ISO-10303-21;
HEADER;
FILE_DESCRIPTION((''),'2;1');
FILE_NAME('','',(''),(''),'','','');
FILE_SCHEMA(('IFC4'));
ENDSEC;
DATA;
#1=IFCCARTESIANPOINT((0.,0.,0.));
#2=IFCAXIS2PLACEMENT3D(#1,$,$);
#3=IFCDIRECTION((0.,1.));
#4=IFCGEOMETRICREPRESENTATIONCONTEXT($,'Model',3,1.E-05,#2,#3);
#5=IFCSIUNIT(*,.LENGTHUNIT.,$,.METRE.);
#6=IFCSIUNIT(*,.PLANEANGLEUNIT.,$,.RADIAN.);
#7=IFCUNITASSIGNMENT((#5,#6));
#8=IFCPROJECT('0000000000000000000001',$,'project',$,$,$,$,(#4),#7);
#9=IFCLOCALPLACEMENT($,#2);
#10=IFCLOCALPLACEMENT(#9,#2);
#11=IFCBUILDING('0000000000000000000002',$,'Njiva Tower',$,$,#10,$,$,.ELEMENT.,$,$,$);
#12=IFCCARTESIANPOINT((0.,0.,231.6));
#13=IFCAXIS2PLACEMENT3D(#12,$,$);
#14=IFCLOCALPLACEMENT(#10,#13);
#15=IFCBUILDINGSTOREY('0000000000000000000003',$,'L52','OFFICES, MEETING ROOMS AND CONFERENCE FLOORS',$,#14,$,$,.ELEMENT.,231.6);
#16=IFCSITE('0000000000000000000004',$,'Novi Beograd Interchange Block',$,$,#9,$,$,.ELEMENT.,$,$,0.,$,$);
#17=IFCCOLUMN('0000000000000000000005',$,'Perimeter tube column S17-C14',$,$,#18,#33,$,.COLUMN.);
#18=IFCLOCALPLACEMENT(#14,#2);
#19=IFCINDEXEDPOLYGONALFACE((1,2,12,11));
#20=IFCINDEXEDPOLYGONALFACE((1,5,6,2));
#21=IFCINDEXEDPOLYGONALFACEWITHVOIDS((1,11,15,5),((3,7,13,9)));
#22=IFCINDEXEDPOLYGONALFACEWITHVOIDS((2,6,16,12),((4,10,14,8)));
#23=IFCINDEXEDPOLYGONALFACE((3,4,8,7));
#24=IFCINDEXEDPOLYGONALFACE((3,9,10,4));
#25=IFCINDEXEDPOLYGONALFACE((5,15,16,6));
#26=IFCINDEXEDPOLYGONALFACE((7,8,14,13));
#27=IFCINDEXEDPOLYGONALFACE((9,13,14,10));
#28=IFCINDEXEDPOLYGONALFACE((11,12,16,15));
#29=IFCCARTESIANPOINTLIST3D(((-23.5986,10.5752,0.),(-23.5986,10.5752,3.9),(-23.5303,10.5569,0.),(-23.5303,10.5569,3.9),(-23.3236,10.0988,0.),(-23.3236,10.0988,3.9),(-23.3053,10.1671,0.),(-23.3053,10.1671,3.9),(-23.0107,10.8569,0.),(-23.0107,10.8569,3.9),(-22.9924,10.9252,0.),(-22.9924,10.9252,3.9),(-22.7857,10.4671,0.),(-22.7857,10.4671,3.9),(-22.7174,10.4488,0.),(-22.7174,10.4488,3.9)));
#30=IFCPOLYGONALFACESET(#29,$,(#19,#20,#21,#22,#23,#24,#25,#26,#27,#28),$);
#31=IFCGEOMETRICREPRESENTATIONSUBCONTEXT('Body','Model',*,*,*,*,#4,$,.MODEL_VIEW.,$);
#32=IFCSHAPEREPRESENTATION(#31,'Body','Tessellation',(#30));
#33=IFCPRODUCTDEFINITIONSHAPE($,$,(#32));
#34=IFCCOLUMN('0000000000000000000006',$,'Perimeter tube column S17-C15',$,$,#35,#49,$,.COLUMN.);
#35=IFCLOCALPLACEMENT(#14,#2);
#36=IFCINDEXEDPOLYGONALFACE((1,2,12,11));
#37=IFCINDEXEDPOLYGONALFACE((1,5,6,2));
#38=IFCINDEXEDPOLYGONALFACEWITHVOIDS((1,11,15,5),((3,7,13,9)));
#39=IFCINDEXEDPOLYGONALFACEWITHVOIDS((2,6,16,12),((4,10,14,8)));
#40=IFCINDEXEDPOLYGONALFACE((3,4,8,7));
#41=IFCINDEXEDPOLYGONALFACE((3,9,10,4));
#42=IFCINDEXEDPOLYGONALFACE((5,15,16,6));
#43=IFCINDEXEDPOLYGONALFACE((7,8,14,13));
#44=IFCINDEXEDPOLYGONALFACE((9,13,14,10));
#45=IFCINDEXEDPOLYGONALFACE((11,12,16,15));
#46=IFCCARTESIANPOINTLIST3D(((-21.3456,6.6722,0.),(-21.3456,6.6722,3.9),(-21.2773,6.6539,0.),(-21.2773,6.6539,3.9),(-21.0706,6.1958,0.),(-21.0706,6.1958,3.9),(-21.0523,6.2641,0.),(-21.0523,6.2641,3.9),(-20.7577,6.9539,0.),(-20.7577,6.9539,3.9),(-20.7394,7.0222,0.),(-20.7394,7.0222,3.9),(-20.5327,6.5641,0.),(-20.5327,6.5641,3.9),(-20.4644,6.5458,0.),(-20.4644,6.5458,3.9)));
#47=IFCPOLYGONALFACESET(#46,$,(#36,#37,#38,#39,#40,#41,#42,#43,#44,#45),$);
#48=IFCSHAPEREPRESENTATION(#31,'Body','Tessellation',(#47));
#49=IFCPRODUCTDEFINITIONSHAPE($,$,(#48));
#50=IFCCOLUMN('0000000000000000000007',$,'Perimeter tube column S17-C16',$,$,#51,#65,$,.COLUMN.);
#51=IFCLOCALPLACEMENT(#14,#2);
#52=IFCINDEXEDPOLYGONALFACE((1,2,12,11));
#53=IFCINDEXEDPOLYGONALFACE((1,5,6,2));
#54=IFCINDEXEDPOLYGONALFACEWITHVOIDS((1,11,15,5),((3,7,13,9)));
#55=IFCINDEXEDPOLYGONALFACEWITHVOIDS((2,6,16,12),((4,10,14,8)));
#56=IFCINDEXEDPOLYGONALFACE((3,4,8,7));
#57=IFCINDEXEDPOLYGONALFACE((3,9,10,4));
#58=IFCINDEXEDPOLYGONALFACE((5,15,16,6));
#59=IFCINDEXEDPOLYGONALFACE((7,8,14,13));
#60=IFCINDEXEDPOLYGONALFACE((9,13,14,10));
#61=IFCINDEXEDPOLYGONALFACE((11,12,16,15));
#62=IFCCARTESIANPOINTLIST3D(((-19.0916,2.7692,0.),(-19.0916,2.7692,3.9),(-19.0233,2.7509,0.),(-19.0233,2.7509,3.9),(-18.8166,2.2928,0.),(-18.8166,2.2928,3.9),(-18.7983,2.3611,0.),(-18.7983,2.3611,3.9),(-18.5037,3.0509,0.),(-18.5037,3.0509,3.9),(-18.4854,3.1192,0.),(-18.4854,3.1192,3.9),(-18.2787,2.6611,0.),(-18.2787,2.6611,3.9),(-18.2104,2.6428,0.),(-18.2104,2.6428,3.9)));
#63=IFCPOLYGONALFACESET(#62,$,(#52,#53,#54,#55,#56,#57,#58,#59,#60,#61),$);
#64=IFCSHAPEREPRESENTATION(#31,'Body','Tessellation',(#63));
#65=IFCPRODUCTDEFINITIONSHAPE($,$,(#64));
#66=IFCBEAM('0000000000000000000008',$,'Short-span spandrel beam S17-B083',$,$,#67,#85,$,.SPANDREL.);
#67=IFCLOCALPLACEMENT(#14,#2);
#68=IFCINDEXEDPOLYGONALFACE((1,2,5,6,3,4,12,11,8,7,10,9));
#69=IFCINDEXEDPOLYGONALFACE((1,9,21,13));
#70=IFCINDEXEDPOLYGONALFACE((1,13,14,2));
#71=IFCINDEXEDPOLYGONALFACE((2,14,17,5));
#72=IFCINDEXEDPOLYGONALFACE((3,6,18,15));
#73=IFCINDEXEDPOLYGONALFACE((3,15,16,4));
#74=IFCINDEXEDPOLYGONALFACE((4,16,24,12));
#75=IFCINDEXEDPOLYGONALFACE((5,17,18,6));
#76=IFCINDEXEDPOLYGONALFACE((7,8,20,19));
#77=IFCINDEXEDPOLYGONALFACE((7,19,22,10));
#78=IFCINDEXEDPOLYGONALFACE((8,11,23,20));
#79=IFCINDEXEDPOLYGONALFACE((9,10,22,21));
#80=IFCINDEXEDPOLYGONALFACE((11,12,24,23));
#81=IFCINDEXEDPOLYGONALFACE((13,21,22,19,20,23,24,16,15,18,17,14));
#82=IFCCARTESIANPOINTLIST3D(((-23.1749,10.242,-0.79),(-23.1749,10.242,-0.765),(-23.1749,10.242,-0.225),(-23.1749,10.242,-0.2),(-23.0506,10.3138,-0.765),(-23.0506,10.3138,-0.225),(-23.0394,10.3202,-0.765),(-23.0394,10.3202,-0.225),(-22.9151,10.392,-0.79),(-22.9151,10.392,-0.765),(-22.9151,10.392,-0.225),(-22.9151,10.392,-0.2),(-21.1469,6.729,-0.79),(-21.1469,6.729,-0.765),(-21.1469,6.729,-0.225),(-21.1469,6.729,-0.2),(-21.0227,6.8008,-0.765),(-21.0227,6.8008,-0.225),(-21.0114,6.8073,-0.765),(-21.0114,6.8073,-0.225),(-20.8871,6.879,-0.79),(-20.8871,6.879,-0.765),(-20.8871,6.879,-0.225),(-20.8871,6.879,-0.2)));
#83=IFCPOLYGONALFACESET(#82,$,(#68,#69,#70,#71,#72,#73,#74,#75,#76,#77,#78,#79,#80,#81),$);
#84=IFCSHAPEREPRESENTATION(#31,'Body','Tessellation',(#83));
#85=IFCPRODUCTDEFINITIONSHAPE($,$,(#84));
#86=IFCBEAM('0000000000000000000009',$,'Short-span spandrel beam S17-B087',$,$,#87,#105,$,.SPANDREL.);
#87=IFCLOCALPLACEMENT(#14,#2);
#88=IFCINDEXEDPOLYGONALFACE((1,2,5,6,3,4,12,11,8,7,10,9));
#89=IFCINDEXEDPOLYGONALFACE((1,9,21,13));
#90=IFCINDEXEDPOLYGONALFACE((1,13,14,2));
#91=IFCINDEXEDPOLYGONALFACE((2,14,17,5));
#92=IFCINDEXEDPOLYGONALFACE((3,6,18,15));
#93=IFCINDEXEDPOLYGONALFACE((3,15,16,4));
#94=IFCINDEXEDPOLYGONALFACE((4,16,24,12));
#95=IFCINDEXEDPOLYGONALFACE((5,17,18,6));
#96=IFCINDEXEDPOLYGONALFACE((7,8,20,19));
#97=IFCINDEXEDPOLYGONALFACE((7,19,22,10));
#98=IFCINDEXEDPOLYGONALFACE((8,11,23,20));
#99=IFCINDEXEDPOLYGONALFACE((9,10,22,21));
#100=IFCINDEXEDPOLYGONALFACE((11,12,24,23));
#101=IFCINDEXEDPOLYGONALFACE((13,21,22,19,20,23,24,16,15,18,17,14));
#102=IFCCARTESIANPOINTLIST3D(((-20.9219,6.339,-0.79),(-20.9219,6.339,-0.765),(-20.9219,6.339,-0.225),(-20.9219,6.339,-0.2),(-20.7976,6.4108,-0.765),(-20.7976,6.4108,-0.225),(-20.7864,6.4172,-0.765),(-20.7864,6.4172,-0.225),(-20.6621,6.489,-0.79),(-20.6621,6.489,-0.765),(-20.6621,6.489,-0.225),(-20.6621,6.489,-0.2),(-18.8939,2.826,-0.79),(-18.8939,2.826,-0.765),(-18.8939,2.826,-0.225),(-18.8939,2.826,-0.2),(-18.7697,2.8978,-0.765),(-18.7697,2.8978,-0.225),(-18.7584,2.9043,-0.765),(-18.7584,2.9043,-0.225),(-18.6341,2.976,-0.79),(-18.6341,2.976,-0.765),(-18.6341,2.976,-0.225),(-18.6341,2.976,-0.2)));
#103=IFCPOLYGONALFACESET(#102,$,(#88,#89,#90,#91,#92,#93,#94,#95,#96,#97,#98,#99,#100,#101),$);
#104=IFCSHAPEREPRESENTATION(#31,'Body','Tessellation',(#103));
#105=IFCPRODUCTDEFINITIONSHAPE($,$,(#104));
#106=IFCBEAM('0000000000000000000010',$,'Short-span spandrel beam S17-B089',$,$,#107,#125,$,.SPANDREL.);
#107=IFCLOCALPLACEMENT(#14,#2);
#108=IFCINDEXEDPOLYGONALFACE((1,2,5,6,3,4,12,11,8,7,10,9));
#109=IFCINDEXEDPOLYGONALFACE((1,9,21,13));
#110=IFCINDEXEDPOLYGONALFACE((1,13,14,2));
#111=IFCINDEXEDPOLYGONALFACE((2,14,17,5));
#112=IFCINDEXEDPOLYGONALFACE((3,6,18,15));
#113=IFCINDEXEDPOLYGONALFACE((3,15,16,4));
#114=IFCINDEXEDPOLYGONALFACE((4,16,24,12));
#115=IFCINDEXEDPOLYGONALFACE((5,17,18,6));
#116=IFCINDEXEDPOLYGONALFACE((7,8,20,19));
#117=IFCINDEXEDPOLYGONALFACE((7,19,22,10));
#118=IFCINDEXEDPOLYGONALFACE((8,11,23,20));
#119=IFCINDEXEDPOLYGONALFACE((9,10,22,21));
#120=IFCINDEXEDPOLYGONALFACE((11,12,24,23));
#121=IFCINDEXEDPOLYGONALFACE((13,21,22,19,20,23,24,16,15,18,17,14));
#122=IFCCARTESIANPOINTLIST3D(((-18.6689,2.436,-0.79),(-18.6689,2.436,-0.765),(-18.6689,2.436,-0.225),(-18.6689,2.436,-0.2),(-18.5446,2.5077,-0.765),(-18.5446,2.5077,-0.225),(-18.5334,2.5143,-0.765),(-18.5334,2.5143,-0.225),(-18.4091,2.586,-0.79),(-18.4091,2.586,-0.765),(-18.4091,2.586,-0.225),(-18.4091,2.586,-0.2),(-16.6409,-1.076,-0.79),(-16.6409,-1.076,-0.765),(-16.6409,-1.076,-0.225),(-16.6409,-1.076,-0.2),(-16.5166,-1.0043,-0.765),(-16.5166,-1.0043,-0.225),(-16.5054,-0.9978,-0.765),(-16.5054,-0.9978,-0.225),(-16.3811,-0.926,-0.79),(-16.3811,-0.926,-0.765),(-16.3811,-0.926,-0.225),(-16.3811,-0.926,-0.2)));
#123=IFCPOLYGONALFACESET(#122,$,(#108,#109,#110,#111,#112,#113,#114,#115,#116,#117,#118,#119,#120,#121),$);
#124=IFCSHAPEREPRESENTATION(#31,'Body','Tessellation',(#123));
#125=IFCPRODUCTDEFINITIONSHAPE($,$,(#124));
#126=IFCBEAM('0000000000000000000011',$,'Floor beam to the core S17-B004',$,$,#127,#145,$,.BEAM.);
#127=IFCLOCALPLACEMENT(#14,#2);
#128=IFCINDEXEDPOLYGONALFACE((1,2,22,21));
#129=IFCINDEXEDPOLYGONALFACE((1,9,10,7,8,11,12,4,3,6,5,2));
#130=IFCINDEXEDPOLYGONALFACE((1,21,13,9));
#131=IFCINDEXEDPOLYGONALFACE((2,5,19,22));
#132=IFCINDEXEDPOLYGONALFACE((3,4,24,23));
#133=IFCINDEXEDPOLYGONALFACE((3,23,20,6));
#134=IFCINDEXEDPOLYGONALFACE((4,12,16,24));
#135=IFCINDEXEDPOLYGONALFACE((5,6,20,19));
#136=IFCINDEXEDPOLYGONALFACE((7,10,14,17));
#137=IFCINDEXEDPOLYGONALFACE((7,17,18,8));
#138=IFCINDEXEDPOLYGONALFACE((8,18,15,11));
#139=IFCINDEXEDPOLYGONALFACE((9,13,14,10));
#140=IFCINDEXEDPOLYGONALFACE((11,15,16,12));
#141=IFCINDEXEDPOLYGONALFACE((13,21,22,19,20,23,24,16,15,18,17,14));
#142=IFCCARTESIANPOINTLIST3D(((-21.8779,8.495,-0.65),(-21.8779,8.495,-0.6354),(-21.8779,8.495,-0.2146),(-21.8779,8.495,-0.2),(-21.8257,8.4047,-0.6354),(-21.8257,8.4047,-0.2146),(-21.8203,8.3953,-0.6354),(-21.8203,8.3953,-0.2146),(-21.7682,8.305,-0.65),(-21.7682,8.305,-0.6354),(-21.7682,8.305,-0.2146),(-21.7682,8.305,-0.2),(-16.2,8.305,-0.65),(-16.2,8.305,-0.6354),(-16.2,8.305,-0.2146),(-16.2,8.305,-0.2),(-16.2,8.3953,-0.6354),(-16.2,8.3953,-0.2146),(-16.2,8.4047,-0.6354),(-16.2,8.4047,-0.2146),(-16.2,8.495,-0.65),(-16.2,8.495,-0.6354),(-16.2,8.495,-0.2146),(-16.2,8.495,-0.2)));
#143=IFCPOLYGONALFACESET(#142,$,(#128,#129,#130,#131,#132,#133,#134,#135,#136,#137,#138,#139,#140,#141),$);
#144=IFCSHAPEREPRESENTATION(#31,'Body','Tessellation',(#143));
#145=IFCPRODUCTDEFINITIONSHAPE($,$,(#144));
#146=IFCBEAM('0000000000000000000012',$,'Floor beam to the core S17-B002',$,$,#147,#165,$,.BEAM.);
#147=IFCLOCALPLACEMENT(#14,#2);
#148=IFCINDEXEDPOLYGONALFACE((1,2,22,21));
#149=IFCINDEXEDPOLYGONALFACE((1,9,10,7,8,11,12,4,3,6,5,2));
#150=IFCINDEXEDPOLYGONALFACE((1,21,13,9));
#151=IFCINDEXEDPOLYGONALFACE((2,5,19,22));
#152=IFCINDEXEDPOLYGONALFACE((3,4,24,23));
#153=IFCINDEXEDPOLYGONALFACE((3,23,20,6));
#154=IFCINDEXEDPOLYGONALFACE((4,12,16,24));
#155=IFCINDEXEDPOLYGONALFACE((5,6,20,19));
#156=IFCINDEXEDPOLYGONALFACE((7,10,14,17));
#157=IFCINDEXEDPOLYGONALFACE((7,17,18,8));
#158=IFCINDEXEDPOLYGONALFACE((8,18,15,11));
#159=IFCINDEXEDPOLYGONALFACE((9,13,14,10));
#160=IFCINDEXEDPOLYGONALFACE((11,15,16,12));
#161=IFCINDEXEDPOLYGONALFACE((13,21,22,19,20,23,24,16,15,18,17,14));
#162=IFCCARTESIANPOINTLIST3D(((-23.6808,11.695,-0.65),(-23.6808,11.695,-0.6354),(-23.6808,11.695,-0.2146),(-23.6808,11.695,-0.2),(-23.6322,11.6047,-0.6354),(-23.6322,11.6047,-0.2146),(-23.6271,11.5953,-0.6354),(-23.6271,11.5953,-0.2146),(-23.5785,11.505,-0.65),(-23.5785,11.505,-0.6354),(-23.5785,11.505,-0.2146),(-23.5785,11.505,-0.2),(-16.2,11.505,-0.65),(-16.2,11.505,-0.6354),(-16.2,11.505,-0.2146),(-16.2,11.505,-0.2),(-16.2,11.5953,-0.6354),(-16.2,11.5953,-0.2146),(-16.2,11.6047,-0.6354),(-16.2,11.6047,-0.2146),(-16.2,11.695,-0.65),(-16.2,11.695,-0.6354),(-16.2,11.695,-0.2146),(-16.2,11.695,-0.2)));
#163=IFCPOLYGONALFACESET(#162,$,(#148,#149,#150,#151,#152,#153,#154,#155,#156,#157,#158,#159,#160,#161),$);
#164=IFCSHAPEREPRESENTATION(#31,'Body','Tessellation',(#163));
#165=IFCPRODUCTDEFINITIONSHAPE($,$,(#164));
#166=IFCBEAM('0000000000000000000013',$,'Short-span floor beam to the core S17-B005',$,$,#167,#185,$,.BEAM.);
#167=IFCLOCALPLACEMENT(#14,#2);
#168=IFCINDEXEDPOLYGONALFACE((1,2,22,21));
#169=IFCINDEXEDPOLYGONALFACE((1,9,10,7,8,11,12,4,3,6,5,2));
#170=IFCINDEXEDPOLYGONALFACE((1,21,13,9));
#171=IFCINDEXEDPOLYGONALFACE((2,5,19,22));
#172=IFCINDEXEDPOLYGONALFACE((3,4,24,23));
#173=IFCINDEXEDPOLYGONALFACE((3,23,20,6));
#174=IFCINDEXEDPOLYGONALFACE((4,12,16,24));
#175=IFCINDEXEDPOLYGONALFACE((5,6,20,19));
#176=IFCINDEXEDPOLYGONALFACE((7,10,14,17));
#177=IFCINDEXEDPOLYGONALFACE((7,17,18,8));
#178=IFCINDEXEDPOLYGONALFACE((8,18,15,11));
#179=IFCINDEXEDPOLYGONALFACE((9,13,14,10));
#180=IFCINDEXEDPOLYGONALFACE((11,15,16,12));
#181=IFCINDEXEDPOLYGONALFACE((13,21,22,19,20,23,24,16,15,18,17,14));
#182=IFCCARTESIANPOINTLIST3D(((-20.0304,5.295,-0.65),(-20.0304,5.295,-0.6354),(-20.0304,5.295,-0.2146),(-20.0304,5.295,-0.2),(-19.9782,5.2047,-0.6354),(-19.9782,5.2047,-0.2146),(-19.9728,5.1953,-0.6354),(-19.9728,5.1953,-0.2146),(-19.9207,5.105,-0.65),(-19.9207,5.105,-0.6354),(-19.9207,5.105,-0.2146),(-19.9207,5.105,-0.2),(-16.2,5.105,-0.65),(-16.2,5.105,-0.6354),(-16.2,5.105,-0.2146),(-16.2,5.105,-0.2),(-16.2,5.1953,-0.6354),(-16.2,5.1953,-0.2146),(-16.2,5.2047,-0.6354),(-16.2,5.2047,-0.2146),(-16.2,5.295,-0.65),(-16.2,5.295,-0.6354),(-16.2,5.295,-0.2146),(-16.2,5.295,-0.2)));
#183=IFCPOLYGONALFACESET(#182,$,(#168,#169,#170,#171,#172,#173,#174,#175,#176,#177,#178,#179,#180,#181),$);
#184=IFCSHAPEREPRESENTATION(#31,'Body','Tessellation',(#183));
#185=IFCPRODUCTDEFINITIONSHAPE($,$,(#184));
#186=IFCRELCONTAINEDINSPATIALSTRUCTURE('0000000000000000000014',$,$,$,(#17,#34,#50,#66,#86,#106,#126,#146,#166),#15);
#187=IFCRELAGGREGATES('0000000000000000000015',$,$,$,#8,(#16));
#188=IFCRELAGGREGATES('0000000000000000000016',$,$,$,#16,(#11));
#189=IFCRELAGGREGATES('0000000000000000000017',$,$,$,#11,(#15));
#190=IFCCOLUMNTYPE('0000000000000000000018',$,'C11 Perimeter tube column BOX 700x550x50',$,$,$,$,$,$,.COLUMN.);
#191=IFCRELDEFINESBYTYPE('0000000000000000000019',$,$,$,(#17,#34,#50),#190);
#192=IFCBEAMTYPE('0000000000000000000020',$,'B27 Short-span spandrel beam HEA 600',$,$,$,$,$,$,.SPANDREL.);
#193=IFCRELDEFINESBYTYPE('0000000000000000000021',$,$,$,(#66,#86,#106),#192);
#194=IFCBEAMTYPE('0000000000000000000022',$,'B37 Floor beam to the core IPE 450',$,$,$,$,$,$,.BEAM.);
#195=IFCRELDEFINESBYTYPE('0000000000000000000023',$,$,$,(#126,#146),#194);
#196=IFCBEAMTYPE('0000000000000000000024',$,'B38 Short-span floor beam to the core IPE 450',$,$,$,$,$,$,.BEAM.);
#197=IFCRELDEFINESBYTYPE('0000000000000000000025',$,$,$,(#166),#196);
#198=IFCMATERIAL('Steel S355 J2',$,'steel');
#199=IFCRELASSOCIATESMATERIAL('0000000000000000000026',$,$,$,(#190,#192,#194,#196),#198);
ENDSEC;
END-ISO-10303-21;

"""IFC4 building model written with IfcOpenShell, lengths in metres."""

from ifc_helpers import new_model, si_unit, direction, frame, origin, origin_2d, place, context, subcontext, project, spatial, hollow_rectangle, i_section, extrude, clip, halfspace, material, material_profile, profile_set, type_object, element, save


model = new_model("IFC4")

# Units and contexts
model_context = context("Model", 3, precision=1e-05, world=origin(), true_north=direction((0.0, 1.0)))
body_context = subcontext(model_context, "Body", "Model", "MODEL_VIEW")
ifc_project = project(units=[si_unit("LENGTHUNIT", "METRE"), si_unit("PLANEANGLEUNIT", "RADIAN")], contexts=[model_context])

# Site, building, storey
site_placement = place(None, origin())
site = spatial("IfcSite", under=ifc_project, at=site_placement, Name="Novi Beograd Interchange Block", CompositionType="ELEMENT", RefElevation=0.0)
building_placement = place(site_placement, origin())
building = spatial("IfcBuilding", under=site, at=building_placement, Name="Njiva Tower", CompositionType="ELEMENT")
storey_placement = place(building_placement, frame((0.0, 0.0, 231.6)))
storey = spatial("IfcBuildingStorey", under=building, at=storey_placement, Name="L52", Description="OFFICES, MEETING ROOMS AND CONFERENCE FLOORS", CompositionType="ELEMENT", Elevation=231.6)

# Columns
ifc_material_1 = material(Name="Steel S355 J2", Category="steel")
ifc_material_profile_1 = material_profile(ifc_material_1, hollow_rectangle(XDim=0.55, YDim=0.7, WallThickness=0.05, at=origin_2d()), Name="BOX 700x550x50")
ifc_profile_set_1 = profile_set([ifc_material_profile_1], Name="Steel S355 J2")
column_type = type_object("IfcColumnType", Name="C11 Perimeter tube column BOX 700x550x50", PredefinedType="COLUMN", material=ifc_profile_set_1)
for number, where, z_axis, x_axis, name in (
    (1, (-23.158, 10.512, 0.0), (0.0, 0.0, 1.0), (0.5, -0.866025, 0.0), "Perimeter tube column S17-C14"),
    (2, (-20.905, 6.609, 0.0), (0.0, 0.0, 1.0), (0.5, -0.866025, 0.0), "Perimeter tube column S17-C15"),
    (3, (-18.651, 2.706, 0.0), (0.0, 0.0, 1.0), (0.5, -0.866025, 0.0), "Perimeter tube column S17-C16"),
):
    element("IfcColumn", number, at=place(storey_placement, frame(where, z_axis=z_axis, x_axis=x_axis)), inside=storey, type_object=column_type, Name=name, PredefinedType="COLUMN", context=body_context, shape_type="SweptSolid", body=[
        extrude(hollow_rectangle(XDim=0.55, YDim=0.7, WallThickness=0.05, at=origin_2d()), origin(), (0.0, 0.0, 1.0), 3.9),
    ])

# Beams
ifc_material_profile_2 = material_profile(ifc_material_1, i_section(OverallWidth=0.3, OverallDepth=0.59, WebThickness=0.013, FlangeThickness=0.025, at=origin_2d()), Name="HEA 600")
ifc_profile_set_2 = profile_set([ifc_material_profile_2], Name="Steel S355 J2")
beam_type_1 = type_object("IfcBeamType", Name="B27 Short-span spandrel beam HEA 600", PredefinedType="SPANDREL", material=ifc_profile_set_2)
for number, where, z_axis, x_axis, name in (
    (4, (-23.045, 10.317, -0.495), (0.499957, -0.86605, 0.0), (0.86605, 0.499957, 0.0), "Short-span spandrel beam S17-B083"),
    (5, (-20.792, 6.414, -0.495), (0.499957, -0.86605, 0.0), (0.86605, 0.499957, 0.0), "Short-span spandrel beam S17-B087"),
):
    element("IfcBeam", number, at=place(storey_placement, frame(where, z_axis=z_axis, x_axis=x_axis)), inside=storey, type_object=beam_type_1, Name=name, PredefinedType="SPANDREL", context=body_context, shape_type="SweptSolid", body=[
        extrude(i_section(OverallWidth=0.3, OverallDepth=0.59, WebThickness=0.013, FlangeThickness=0.025, at=origin_2d()), origin(), (0.0, 0.0, 1.0), 4.0563),
    ])
beam_1_placement = place(storey_placement, frame((-18.539, 2.511, -0.495), z_axis=(0.500064, -0.865988, 0.0), x_axis=(0.865988, 0.500064, 0.0)))
element("IfcBeam", 6, at=beam_1_placement, inside=storey, type_object=beam_type_1, Name="Short-span spandrel beam S17-B089", PredefinedType="SPANDREL", context=body_context, shape_type="SweptSolid", body=[
    extrude(i_section(OverallWidth=0.3, OverallDepth=0.59, WebThickness=0.013, FlangeThickness=0.025, at=origin_2d()), origin(), (0.0, 0.0, 1.0), 4.0555),
])
ifc_material_profile_3 = material_profile(ifc_material_1, i_section(OverallWidth=0.19, OverallDepth=0.45, WebThickness=0.0094, FlangeThickness=0.0146, at=origin_2d()), Name="IPE 450")
ifc_profile_set_3 = profile_set([ifc_material_profile_3], Name="Steel S355 J2")
beam_type_2 = type_object("IfcBeamType", Name="B37 Floor beam to the core IPE 450", PredefinedType="BEAM", material=ifc_profile_set_3)
beam_2_placement = place(storey_placement, frame((-21.898, 8.4, -0.425), z_axis=(1.0, 0.0, 0.0), x_axis=(0.0, 1.0, 0.0)))
element("IfcBeam", 7, at=beam_2_placement, inside=storey, type_object=beam_type_2, Name="Floor beam to the core S17-B004", PredefinedType="BEAM", context=body_context, shape_type="Clipping", body=[
    clip(extrude(i_section(OverallWidth=0.19, OverallDepth=0.45, WebThickness=0.0094, FlangeThickness=0.0146, at=origin_2d()), origin(), (0.0, 0.0, 1.0), 5.698), halfspace(frame((-0.025, 0.0, 0.0894), z_axis=(-0.499998, 0.0, -0.866027), x_axis=(0.0, -1.0, 0.0)), False)),
])
beam_3_placement = place(storey_placement, frame((-23.701, 11.6, -0.425), z_axis=(1.0, 0.0, 0.0), x_axis=(0.0, 1.0, 0.0)))
element("IfcBeam", 8, at=beam_3_placement, inside=storey, type_object=beam_type_2, Name="Floor beam to the core S17-B002", PredefinedType="BEAM", context=body_context, shape_type="Clipping", body=[
    clip(extrude(i_section(OverallWidth=0.19, OverallDepth=0.45, WebThickness=0.0094, FlangeThickness=0.0146, at=origin_2d()), origin(), (0.0, 0.0, 1.0), 7.501), halfspace(frame((-0.0237, 0.0, 0.0841), z_axis=(-0.473762, 0.0, -0.880653), x_axis=(0.0, -1.0, 0.0)), False)),
])
ifc_material_profile_4 = material_profile(ifc_material_1, i_section(OverallWidth=0.19, OverallDepth=0.45, WebThickness=0.0094, FlangeThickness=0.0146, at=origin_2d()), Name="IPE 450")
ifc_profile_set_4 = profile_set([ifc_material_profile_4], Name="Steel S355 J2")
beam_type_3 = type_object("IfcBeamType", Name="B38 Short-span floor beam to the core IPE 450", PredefinedType="BEAM", material=ifc_profile_set_4)
beam_4_placement = place(storey_placement, frame((-20.051, 5.2, -0.425), z_axis=(1.0, 0.0, 0.0), x_axis=(0.0, 1.0, 0.0)))
element("IfcBeam", 9, at=beam_4_placement, inside=storey, type_object=beam_type_3, Name="Short-span floor beam to the core S17-B005", PredefinedType="BEAM", context=body_context, shape_type="Clipping", body=[
    clip(extrude(i_section(OverallWidth=0.19, OverallDepth=0.45, WebThickness=0.0094, FlangeThickness=0.0146, at=origin_2d()), origin(), (0.0, 0.0, 1.0), 3.851), halfspace(frame((-0.025, 0.0, 0.0899), z_axis=(-0.499998, 0.0, -0.866027), x_axis=(0.0, -1.0, 0.0)), False)),
])

save(model, "model.ifc")
